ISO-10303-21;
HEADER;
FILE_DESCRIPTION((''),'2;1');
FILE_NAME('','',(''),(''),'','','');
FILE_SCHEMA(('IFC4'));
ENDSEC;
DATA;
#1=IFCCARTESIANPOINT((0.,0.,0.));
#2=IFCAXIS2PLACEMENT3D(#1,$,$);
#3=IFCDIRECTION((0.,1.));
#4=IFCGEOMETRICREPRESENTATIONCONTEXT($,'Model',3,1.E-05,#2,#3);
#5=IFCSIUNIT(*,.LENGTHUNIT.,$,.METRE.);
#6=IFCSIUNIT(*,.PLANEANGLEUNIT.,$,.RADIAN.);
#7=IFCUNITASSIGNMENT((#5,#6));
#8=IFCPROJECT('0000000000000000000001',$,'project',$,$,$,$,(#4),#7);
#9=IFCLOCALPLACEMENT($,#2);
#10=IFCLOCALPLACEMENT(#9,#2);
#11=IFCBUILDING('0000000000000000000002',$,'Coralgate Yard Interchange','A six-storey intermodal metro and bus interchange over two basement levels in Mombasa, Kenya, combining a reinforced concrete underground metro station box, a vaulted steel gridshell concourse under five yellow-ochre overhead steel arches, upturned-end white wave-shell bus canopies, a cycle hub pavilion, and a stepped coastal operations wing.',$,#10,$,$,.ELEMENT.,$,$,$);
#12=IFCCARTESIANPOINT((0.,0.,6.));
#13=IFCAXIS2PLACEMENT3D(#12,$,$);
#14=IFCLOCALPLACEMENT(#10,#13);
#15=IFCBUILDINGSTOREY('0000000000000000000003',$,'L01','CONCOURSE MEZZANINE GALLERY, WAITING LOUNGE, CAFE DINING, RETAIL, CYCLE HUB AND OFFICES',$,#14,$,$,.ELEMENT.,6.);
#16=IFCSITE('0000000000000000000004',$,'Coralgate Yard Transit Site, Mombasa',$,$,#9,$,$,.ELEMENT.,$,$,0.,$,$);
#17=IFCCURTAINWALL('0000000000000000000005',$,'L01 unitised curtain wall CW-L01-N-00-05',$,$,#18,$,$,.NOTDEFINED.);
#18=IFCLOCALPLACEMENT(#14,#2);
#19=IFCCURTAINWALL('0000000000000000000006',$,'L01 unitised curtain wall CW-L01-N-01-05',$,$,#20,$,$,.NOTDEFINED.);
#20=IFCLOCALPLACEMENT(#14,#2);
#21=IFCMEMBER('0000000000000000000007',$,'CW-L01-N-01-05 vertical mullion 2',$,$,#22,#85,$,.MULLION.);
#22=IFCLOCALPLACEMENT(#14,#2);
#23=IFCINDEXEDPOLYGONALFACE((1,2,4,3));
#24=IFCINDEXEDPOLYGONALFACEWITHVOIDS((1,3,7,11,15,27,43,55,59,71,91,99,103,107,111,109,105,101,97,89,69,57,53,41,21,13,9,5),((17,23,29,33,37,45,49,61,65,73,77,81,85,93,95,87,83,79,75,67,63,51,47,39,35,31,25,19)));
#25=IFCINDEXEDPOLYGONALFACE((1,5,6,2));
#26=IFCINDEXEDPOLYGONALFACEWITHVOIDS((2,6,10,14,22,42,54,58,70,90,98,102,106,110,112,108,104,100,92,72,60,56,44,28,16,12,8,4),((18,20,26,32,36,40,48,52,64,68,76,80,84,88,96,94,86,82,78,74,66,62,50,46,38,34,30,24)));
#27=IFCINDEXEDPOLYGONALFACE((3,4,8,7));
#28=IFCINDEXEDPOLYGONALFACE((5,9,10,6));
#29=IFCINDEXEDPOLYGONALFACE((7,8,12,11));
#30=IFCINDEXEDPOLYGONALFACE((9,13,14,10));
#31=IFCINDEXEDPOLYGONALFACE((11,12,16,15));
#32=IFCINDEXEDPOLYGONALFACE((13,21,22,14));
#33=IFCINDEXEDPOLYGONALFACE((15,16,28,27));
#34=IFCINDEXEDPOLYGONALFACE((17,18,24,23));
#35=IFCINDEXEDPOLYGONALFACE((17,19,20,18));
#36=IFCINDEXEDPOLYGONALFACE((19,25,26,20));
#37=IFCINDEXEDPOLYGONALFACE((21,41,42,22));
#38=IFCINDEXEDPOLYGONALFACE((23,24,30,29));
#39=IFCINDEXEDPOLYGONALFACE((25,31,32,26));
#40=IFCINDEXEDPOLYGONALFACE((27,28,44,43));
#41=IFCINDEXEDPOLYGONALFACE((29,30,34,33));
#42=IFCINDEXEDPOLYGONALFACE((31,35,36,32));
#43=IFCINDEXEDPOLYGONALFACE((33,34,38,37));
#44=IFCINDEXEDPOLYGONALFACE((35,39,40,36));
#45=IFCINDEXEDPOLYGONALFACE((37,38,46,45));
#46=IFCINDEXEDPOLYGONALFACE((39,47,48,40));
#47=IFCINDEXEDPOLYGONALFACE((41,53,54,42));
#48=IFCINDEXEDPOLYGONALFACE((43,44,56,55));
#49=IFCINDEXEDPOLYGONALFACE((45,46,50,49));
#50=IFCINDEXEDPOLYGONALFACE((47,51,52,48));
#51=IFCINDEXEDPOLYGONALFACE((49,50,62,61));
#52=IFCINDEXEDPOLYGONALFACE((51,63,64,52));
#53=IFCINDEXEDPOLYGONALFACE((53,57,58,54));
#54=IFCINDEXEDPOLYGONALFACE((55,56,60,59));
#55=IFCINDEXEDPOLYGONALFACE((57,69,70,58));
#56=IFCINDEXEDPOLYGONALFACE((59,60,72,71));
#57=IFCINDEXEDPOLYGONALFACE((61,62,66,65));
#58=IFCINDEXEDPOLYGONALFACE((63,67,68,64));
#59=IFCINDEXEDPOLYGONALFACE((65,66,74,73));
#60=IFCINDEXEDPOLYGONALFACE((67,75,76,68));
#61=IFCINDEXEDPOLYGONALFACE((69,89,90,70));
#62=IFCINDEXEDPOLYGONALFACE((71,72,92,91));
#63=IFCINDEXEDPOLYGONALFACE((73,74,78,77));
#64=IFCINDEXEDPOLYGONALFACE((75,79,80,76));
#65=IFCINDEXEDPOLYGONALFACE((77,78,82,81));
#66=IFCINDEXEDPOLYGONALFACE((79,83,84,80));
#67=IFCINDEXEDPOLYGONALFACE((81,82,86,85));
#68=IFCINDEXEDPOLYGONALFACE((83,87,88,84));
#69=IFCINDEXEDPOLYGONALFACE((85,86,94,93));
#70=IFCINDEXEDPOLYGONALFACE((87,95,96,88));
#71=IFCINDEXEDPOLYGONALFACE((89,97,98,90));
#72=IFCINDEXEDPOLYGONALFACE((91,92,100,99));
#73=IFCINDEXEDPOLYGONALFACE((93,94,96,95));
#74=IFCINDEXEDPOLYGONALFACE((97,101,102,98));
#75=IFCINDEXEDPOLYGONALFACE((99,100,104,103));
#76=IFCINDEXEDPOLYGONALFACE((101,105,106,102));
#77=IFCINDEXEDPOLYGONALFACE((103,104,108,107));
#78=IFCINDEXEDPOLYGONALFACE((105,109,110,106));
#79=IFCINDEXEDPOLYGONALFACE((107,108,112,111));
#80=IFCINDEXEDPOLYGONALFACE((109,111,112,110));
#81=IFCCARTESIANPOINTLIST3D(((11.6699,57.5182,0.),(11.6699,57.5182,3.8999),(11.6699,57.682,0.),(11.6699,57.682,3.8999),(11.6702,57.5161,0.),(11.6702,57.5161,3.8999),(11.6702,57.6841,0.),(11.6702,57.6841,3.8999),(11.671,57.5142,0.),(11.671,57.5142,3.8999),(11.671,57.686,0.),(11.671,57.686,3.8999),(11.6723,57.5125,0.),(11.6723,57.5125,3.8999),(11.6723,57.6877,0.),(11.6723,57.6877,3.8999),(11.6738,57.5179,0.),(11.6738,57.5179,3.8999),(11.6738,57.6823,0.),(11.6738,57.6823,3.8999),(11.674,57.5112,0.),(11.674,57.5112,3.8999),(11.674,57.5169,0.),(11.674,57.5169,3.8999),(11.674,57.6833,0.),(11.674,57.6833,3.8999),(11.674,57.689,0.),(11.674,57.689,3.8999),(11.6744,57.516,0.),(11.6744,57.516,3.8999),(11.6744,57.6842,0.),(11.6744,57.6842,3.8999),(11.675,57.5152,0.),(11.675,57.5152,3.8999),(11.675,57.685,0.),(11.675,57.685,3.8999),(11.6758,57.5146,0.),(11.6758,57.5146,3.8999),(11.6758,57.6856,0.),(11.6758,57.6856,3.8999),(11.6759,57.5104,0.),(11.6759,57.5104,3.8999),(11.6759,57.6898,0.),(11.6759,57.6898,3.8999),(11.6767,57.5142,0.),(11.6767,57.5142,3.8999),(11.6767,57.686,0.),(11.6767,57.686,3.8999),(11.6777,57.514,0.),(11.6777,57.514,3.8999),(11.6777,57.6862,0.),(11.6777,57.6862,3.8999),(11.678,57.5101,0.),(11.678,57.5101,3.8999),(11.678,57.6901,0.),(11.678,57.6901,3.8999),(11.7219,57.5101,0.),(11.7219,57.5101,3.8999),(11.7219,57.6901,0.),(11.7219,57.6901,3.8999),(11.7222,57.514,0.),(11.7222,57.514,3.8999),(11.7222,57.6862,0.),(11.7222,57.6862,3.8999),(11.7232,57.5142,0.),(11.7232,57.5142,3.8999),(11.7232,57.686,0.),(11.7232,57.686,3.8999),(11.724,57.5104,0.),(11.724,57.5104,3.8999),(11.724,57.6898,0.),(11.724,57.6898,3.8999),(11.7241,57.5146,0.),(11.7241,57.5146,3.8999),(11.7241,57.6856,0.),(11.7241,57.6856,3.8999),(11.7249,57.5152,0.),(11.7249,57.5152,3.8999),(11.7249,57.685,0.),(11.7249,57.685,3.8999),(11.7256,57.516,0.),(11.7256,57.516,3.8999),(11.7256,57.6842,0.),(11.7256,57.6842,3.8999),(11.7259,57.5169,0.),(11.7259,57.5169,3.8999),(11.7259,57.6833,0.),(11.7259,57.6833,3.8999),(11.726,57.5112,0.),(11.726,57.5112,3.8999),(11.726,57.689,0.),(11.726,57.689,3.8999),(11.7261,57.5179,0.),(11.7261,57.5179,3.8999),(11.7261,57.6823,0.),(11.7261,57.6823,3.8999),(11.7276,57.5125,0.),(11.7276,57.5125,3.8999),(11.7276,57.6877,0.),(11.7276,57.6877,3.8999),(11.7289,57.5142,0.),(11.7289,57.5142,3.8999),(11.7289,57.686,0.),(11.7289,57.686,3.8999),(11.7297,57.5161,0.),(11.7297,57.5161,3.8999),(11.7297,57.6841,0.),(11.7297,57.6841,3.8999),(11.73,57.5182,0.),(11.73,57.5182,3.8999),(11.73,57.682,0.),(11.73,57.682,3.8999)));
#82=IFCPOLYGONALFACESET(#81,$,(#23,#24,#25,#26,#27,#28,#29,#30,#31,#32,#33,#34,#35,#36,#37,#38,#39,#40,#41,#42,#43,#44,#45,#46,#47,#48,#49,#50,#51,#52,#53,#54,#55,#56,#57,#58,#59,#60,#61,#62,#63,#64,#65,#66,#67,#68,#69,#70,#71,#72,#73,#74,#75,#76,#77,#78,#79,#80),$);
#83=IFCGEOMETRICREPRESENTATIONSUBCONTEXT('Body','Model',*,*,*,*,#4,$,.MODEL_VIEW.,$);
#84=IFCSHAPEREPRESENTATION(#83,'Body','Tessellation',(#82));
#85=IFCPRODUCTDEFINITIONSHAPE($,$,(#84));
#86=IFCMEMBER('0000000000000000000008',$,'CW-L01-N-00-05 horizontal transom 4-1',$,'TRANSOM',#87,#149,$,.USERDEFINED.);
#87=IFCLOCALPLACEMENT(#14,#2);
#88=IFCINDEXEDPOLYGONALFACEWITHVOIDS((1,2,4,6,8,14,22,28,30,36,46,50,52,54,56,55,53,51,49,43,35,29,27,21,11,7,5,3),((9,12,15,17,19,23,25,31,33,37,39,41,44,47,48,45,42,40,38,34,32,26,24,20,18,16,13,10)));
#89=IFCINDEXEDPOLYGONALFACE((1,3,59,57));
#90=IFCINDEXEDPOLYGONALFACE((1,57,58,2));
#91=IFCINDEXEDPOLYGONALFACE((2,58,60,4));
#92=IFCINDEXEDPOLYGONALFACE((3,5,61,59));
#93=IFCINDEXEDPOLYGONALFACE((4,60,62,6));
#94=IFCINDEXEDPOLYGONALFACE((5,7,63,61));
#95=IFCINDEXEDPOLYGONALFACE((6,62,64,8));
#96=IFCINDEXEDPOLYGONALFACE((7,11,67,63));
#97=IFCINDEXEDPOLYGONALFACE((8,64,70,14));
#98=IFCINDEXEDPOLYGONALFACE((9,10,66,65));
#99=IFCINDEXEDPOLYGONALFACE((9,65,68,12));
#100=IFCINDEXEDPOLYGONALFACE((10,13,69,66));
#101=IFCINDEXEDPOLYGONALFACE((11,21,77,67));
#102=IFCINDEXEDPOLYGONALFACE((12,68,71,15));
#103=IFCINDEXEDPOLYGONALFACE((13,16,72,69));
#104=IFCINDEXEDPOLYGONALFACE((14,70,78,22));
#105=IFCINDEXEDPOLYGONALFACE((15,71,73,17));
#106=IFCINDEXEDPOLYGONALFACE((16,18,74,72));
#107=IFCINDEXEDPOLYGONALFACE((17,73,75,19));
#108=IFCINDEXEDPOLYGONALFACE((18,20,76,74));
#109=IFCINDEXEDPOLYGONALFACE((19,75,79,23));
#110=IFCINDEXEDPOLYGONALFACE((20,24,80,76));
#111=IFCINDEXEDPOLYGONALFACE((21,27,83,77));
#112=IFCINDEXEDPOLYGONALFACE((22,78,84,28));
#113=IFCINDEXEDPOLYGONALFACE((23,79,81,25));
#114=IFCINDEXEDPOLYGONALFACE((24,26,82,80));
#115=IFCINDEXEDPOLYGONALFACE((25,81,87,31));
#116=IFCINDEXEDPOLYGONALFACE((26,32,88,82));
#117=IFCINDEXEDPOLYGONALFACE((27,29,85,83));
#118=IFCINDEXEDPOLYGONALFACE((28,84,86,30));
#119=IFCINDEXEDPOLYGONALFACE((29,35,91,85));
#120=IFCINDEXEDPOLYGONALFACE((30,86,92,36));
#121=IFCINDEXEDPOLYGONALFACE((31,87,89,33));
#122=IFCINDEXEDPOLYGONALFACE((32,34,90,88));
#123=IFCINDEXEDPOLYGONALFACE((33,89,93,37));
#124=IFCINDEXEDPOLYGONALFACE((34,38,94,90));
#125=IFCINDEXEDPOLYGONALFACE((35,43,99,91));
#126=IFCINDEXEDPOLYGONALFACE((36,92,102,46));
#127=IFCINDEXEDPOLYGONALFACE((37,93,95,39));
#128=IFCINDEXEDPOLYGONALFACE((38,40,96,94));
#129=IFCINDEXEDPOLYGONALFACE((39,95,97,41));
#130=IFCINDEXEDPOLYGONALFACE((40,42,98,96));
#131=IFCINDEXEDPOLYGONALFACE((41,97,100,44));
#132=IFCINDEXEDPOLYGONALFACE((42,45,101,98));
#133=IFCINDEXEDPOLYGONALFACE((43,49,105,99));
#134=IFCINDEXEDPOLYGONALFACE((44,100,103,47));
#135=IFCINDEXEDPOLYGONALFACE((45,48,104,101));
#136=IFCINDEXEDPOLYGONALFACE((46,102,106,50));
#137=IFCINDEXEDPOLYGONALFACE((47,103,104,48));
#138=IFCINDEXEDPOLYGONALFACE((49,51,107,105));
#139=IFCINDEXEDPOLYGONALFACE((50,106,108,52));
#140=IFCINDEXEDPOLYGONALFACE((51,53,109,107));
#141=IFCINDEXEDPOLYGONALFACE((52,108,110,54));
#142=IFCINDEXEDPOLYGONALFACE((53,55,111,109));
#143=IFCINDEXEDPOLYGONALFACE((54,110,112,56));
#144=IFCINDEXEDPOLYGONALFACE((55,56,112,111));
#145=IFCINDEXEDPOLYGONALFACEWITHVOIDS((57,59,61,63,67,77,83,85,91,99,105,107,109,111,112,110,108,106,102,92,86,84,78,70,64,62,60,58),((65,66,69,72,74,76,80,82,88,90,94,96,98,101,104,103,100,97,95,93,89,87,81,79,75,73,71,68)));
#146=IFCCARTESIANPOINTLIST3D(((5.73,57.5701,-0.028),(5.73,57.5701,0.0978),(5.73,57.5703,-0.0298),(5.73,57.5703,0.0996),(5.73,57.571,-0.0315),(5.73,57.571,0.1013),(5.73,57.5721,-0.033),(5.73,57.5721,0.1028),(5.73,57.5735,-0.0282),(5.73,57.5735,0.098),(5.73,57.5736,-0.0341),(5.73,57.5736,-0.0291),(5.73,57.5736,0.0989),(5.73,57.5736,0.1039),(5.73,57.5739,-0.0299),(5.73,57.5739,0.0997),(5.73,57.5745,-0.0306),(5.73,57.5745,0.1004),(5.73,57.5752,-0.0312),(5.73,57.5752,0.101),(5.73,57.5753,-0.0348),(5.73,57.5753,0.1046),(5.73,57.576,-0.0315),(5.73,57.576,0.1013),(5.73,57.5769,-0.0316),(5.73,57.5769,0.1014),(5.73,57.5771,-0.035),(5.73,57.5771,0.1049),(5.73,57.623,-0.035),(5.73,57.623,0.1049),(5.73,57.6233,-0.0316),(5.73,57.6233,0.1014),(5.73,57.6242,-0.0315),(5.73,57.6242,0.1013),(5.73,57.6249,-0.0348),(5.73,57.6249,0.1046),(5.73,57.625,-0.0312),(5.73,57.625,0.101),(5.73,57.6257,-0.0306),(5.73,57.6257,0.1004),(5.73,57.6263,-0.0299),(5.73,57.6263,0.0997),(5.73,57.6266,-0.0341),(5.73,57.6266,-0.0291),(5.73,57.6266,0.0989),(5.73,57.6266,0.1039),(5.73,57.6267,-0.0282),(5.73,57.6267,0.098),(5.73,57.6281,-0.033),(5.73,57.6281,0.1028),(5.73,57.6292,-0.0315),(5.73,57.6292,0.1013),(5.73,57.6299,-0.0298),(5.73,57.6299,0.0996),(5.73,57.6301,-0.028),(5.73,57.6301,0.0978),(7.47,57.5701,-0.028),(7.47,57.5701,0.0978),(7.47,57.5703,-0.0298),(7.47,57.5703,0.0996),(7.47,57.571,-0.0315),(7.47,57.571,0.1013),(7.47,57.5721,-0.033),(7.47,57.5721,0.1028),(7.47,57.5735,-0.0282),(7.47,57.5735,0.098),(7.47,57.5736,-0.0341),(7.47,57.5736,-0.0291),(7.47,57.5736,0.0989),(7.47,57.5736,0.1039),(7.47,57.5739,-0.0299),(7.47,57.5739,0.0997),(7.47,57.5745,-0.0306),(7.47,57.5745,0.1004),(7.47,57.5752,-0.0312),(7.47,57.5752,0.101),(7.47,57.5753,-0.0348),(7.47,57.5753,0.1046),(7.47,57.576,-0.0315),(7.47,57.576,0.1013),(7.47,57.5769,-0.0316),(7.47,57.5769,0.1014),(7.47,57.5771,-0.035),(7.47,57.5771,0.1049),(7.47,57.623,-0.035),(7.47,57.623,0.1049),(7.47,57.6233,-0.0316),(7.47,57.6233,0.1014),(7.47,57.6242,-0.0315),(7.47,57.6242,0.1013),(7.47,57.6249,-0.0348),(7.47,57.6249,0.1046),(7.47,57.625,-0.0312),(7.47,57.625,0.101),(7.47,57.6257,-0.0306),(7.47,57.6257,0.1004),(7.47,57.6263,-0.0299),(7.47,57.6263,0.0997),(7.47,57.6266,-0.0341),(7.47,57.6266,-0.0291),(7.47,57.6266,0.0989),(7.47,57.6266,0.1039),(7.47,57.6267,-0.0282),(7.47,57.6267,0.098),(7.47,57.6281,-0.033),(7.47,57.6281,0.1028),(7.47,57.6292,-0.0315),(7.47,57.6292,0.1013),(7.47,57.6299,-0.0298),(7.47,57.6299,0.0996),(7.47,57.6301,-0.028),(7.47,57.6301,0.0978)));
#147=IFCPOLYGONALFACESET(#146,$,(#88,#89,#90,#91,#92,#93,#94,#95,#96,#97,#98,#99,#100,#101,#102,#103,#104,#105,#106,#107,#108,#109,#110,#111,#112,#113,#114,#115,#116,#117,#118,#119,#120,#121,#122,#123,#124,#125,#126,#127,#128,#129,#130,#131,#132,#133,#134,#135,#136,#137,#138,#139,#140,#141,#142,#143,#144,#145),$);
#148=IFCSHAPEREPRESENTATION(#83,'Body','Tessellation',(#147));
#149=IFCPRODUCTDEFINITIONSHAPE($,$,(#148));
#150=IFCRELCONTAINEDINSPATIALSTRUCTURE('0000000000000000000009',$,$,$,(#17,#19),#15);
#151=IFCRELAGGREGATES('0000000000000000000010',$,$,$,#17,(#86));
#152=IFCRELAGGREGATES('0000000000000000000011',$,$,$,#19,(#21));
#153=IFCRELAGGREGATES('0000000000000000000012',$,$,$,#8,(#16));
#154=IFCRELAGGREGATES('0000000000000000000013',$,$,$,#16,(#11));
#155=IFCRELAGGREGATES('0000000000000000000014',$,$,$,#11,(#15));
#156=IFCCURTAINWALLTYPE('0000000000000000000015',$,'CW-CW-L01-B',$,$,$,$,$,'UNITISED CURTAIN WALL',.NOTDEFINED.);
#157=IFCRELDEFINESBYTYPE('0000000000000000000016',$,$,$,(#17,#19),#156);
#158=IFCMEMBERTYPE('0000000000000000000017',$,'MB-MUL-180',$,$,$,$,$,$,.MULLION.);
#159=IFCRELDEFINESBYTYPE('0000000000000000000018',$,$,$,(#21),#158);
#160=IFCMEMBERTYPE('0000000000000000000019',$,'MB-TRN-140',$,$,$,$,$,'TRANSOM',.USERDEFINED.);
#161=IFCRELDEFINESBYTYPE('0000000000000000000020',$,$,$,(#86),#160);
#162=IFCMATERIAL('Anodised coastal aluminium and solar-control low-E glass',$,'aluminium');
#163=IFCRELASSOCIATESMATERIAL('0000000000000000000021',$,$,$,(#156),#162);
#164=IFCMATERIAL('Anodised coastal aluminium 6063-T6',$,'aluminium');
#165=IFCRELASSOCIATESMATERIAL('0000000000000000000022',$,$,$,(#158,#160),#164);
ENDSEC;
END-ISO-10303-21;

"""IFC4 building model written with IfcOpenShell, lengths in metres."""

from ifc_helpers import new_model, si_unit, direction, frame, origin, origin_2d, place, context, subcontext, project, spatial, hollow_rectangle, extrude, material, material_profile, profile_set, type_object, element, aggregate, save


model = new_model("IFC4")

# Units and contexts
model_context = context("Model", 3, precision=1e-05, world=origin(), true_north=direction((0.0, 1.0)))
body_context = subcontext(model_context, "Body", "Model", "MODEL_VIEW")
ifc_project = project(units=[si_unit("LENGTHUNIT", "METRE"), si_unit("PLANEANGLEUNIT", "RADIAN")], contexts=[model_context])

# Site, building, storey
site_placement = place(None, origin())
site = spatial("IfcSite", under=ifc_project, at=site_placement, Name="Coralgate Yard Transit Site, Mombasa", CompositionType="ELEMENT", RefElevation=0.0)
building_placement = place(site_placement, origin())
building = spatial("IfcBuilding", under=site, at=building_placement, Name="Coralgate Yard Interchange", Description="A six-storey intermodal metro and bus interchange over two basement levels in Mombasa, Kenya, combining a reinforced concrete underground metro station box, a vaulted steel gridshell concourse under five yellow-ochre overhead steel arches, upturned-end white wave-shell bus canopies, a cycle hub pavilion, and a stepped coastal operations wing.", CompositionType="ELEMENT")
storey_placement = place(building_placement, frame((0.0, 0.0, 6.0)))
storey = spatial("IfcBuildingStorey", under=building, at=storey_placement, Name="L01", Description="CONCOURSE MEZZANINE GALLERY, WAITING LOUNGE, CAFE DINING, RETAIL, CYCLE HUB AND OFFICES", CompositionType="ELEMENT", Elevation=6.0)

# Curtain walls, member
ifc_material_1 = material(Name="Anodised coastal aluminium and solar-control low-E glass", Category="aluminium")
curtain_wall_type = type_object("IfcCurtainWallType", Name="CW-CW-L01-B", ElementType="UNITISED CURTAIN WALL", PredefinedType="NOTDEFINED", material=ifc_material_1)
curtain_wall_1_placement = place(storey_placement, origin())
curtain_wall_1 = element("IfcCurtainWall", 1, at=curtain_wall_1_placement, inside=storey, type_object=curtain_wall_type, Name="L01 unitised curtain wall CW-L01-N-00-05", PredefinedType="NOTDEFINED")
ifc_material_2 = material(Name="Anodised coastal aluminium 6063-T6", Category="aluminium")
ifc_material_profile_1 = material_profile(ifc_material_2, hollow_rectangle(XDim=0.0601, YDim=0.1799, WallThickness=0.0039, InnerFilletRadius=0.0039, OuterFilletRadius=0.0081, at=origin_2d()), Name="ALU 60x180x4")
ifc_profile_set_1 = profile_set([ifc_material_profile_1], Name="Anodised coastal aluminium 6063-T6")
member_type_1 = type_object("IfcMemberType", Name="MB-MUL-180", PredefinedType="MULLION", material=ifc_profile_set_1)
curtain_wall_2_placement = place(storey_placement, origin())
curtain_wall_2 = element("IfcCurtainWall", 2, at=curtain_wall_2_placement, inside=storey, type_object=curtain_wall_type, Name="L01 unitised curtain wall CW-L01-N-01-05", PredefinedType="NOTDEFINED")
member_1_placement = place(storey_placement, frame((11.7, 57.6001, 0.0), z_axis=(0.0, 0.0, 1.0), x_axis=(1.0, 0.0, 0.0)))
member_1 = element("IfcMember", 3, at=member_1_placement, type_object=member_type_1, Name="CW-L01-N-01-05 vertical mullion 2", PredefinedType="MULLION", context=body_context, shape_type="SweptSolid", body=[
    extrude(hollow_rectangle(XDim=0.0601, YDim=0.1799, WallThickness=0.0039, InnerFilletRadius=0.0039, OuterFilletRadius=0.0081, at=origin_2d()), origin(), (0.0, 0.0, 1.0), 3.8999),
])

# Member
ifc_material_profile_2 = material_profile(ifc_material_2, hollow_rectangle(XDim=0.0601, YDim=0.1399, WallThickness=0.0034, InnerFilletRadius=0.0034, OuterFilletRadius=0.0071, at=origin_2d()), Name="ALU 60x140x3.5")
ifc_profile_set_2 = profile_set([ifc_material_profile_2], Name="Anodised coastal aluminium 6063-T6")
member_type_2 = type_object("IfcMemberType", Name="MB-TRN-140", ElementType="TRANSOM", PredefinedType="USERDEFINED", material=ifc_profile_set_2)
member_2_placement = place(storey_placement, frame((5.73, 57.6001, 0.0349), z_axis=(1.0, 0.0, 0.0), x_axis=(0.0, 1.0, 0.0)))
member_2 = element("IfcMember", 4, at=member_2_placement, type_object=member_type_2, Name="CW-L01-N-00-05 horizontal transom 4-1", ObjectType="TRANSOM", PredefinedType="USERDEFINED", context=body_context, shape_type="SweptSolid", body=[
    extrude(hollow_rectangle(XDim=0.0601, YDim=0.1399, WallThickness=0.0034, InnerFilletRadius=0.0034, OuterFilletRadius=0.0071, at=origin_2d()), origin(), (0.0, 0.0, 1.0), 1.74),
])

aggregate(curtain_wall_1, [member_2])
aggregate(curtain_wall_2, [member_1])

save(model, "model.ifc")
